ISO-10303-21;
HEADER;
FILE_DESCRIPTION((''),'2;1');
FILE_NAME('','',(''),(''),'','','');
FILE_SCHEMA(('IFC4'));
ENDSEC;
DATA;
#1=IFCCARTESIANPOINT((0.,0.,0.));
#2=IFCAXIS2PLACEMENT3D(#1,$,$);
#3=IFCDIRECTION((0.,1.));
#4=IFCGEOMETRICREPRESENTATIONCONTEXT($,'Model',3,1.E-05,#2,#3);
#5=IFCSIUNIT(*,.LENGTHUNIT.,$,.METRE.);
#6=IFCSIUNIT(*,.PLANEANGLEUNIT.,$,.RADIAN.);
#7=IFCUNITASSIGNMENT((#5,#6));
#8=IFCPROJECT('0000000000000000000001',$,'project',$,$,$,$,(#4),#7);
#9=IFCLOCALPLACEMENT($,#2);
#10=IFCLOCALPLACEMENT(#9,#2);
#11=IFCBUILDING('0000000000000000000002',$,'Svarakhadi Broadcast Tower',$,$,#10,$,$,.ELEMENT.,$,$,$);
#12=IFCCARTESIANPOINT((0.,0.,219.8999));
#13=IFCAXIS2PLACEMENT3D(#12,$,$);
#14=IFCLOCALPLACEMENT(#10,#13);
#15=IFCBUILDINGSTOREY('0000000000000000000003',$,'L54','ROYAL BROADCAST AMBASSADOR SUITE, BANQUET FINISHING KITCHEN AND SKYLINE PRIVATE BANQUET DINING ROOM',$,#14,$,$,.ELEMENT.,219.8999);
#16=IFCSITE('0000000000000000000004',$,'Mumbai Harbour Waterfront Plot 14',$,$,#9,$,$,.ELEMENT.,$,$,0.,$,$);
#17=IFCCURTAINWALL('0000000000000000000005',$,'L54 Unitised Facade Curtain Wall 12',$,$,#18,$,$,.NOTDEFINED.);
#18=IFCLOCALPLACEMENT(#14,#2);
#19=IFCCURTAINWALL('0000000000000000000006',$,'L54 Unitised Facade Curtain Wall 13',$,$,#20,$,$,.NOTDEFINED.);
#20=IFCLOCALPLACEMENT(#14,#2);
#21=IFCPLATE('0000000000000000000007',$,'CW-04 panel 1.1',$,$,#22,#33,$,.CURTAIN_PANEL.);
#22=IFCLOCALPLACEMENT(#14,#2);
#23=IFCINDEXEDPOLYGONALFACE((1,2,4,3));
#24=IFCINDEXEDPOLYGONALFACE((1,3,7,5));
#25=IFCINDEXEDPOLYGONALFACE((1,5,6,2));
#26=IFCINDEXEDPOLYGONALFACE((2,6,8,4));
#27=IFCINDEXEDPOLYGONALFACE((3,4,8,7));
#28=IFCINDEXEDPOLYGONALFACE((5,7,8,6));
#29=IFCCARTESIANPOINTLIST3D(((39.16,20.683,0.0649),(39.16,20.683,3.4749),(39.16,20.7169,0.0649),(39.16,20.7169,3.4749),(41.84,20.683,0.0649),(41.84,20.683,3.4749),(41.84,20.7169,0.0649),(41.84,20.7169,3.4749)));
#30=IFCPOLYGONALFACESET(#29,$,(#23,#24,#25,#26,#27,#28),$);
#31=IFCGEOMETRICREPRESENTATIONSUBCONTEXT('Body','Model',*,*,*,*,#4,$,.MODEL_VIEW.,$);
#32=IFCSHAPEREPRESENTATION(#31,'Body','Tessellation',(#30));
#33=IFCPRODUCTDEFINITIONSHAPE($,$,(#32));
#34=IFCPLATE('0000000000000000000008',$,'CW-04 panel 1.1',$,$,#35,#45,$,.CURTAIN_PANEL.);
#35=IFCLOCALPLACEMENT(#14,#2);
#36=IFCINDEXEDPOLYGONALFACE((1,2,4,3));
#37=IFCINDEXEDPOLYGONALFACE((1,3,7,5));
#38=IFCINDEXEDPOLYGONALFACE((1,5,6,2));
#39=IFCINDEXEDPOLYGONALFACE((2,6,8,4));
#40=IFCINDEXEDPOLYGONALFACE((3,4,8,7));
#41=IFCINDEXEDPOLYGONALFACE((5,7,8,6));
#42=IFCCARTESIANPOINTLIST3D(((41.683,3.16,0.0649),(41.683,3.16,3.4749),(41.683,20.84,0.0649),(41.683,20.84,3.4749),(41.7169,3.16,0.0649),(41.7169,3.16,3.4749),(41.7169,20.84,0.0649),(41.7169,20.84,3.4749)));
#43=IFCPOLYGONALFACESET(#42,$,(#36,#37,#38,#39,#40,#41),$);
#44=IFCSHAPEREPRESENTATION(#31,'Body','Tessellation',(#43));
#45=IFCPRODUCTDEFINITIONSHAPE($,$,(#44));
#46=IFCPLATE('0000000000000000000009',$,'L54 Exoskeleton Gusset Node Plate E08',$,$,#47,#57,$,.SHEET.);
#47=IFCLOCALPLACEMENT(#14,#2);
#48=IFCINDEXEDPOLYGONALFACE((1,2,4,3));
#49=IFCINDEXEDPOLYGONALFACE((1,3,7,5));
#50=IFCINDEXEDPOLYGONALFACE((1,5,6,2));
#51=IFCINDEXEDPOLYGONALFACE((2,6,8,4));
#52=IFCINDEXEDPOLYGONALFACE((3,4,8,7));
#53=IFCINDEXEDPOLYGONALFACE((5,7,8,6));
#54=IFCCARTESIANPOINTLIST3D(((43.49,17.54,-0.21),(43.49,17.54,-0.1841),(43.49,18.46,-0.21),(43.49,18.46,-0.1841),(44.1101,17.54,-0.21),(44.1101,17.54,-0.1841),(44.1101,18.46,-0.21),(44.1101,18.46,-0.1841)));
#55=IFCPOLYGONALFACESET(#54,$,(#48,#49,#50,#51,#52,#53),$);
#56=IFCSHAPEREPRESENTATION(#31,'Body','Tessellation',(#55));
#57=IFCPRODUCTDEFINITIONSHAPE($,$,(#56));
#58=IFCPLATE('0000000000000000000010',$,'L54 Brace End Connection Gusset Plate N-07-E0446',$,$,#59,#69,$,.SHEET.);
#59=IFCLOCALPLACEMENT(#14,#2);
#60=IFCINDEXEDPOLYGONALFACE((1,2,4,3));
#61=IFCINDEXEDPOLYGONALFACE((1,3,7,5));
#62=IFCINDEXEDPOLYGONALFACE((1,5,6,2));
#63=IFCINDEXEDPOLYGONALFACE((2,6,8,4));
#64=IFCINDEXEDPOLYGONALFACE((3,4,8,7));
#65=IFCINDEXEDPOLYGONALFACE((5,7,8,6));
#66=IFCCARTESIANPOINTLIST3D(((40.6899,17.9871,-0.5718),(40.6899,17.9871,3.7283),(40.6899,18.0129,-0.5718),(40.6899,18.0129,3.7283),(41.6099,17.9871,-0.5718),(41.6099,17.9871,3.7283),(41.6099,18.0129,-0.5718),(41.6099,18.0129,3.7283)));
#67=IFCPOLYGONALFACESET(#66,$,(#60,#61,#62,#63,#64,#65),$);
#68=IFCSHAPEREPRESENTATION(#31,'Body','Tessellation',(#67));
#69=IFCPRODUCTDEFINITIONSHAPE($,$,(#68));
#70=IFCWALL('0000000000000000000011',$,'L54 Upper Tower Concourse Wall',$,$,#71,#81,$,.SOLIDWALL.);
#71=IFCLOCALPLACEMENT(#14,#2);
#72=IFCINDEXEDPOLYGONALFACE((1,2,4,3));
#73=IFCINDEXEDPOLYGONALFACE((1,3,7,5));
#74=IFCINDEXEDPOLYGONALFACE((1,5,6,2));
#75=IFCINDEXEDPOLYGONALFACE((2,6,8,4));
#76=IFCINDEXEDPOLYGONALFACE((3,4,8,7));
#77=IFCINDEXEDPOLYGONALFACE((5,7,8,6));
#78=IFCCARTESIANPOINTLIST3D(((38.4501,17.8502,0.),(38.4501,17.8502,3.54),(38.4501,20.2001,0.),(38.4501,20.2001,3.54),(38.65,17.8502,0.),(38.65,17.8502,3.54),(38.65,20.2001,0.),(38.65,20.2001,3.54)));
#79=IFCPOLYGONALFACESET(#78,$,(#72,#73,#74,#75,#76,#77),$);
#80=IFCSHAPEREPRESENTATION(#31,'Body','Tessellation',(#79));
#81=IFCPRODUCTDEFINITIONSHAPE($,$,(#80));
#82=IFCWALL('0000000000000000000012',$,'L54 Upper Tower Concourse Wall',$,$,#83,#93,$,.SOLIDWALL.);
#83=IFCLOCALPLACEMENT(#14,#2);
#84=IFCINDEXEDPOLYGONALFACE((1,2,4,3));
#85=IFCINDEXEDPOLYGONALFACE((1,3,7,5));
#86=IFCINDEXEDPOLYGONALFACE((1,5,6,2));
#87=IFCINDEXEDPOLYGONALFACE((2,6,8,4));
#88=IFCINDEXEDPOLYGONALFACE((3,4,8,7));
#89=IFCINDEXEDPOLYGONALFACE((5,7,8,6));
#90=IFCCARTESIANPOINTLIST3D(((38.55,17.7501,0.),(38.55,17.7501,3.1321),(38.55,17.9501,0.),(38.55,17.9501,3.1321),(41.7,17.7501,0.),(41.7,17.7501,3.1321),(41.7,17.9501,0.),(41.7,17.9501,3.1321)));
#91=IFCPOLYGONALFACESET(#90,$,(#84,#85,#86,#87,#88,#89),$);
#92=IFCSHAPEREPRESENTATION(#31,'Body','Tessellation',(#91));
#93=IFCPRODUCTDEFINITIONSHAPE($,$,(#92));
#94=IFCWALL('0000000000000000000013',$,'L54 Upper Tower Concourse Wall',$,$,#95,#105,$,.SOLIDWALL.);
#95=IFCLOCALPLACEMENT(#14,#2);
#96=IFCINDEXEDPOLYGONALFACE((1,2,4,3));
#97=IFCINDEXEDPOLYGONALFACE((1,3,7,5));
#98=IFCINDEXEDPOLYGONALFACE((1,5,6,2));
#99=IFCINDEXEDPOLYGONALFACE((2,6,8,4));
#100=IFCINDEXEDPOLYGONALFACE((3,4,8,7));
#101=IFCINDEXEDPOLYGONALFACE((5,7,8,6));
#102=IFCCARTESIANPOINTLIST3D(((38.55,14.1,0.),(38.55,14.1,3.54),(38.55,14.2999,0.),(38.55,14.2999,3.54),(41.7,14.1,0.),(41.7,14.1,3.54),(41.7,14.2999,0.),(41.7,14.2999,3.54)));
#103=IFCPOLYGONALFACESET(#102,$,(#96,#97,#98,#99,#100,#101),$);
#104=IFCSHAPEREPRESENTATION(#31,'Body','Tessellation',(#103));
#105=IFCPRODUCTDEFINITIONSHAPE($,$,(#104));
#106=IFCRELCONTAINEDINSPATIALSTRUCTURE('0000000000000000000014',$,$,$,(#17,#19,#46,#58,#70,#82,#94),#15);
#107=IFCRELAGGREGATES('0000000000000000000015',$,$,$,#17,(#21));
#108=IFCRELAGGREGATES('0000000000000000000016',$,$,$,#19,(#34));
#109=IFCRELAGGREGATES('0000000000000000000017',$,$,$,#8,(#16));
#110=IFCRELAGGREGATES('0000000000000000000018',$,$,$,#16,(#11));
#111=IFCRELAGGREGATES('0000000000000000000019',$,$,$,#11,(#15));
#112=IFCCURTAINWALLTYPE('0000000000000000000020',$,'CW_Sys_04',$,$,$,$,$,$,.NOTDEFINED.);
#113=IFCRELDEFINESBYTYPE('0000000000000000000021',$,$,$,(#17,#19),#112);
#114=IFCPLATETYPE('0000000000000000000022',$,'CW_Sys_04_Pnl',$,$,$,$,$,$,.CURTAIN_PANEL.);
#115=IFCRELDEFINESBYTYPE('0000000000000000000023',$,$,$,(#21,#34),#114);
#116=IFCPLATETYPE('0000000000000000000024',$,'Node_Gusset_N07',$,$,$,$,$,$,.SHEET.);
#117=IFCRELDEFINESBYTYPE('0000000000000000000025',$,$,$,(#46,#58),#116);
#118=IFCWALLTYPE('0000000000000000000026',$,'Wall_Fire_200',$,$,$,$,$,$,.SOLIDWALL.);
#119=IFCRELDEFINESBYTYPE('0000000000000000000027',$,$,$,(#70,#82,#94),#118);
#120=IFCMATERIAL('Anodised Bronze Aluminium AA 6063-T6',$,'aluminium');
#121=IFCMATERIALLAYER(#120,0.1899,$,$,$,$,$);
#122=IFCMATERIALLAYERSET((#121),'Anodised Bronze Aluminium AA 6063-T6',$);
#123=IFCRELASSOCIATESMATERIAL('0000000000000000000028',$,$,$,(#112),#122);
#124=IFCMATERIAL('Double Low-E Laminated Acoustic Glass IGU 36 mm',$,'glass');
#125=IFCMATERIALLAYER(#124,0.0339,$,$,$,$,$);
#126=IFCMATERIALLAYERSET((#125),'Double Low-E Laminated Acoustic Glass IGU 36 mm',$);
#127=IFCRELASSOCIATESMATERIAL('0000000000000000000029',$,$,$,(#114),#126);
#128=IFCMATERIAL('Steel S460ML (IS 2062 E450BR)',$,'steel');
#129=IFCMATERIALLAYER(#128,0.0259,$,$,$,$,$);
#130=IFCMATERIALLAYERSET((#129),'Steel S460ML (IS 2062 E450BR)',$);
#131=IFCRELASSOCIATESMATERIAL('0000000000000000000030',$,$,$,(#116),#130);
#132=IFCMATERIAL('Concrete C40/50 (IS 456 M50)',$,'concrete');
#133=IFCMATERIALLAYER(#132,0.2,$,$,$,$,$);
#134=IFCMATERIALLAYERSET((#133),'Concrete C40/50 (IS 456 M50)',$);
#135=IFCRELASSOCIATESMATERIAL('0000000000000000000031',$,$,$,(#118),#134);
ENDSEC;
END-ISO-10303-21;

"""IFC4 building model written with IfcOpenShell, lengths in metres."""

from ifc_helpers import new_model, si_unit, direction, frame, frame_2d, origin, origin_2d, place, context, subcontext, project, spatial, rectangle, extrude, material, layer, layer_set, type_object, element, aggregate, save


model = new_model("IFC4")

# Units and contexts
model_context = context("Model", 3, precision=1e-05, world=origin(), true_north=direction((0.0, 1.0)))
body_context = subcontext(model_context, "Body", "Model", "MODEL_VIEW")
ifc_project = project(units=[si_unit("LENGTHUNIT", "METRE"), si_unit("PLANEANGLEUNIT", "RADIAN")], contexts=[model_context])

# Site, building, storey
site_placement = place(None, origin())
site = spatial("IfcSite", under=ifc_project, at=site_placement, Name="Mumbai Harbour Waterfront Plot 14", CompositionType="ELEMENT", RefElevation=0.0)
building_placement = place(site_placement, origin())
building = spatial("IfcBuilding", under=site, at=building_placement, Name="Svarakhadi Broadcast Tower", CompositionType="ELEMENT")
storey_placement = place(building_placement, frame((0.0, 0.0, 219.8999)))
storey = spatial("IfcBuildingStorey", under=building, at=storey_placement, Name="L54", Description="ROYAL BROADCAST AMBASSADOR SUITE, BANQUET FINISHING KITCHEN AND SKYLINE PRIVATE BANQUET DINING ROOM", CompositionType="ELEMENT", Elevation=219.8999)

# Shared definitions
ifc_material_1 = material(Name="Steel S460ML (IS 2062 E450BR)", Category="steel")

# Shared definitions
ifc_material_2 = material(Name="Anodised Bronze Aluminium AA 6063-T6", Category="aluminium")
ifc_layer_1 = layer(ifc_material_2, 0.1899)
ifc_layer_set_1 = layer_set([ifc_layer_1], Name="Anodised Bronze Aluminium AA 6063-T6")
curtain_wall_type = type_object("IfcCurtainWallType", Name="CW_Sys_04", PredefinedType="NOTDEFINED", material=ifc_layer_set_1)

# Curtain wall
curtain_wall_1_placement = place(storey_placement, origin())
curtain_wall_1 = element("IfcCurtainWall", 1, at=curtain_wall_1_placement, inside=storey, type_object=curtain_wall_type, Name="L54 Unitised Facade Curtain Wall 12", PredefinedType="NOTDEFINED")

# Curtain wall
curtain_wall_2_placement = place(storey_placement, origin())
curtain_wall_2 = element("IfcCurtainWall", 2, at=curtain_wall_2_placement, inside=storey, type_object=curtain_wall_type, Name="L54 Unitised Facade Curtain Wall 13", PredefinedType="NOTDEFINED")

# Plates
ifc_material_3 = material(Name="Double Low-E Laminated Acoustic Glass IGU 36 mm", Category="glass")
ifc_layer_2 = layer(ifc_material_3, 0.0339)
ifc_layer_set_2 = layer_set([ifc_layer_2], Name="Double Low-E Laminated Acoustic Glass IGU 36 mm")
plate_type_1 = type_object("IfcPlateType", Name="CW_Sys_04_Pnl", PredefinedType="CURTAIN_PANEL", material=ifc_layer_set_2)
plate_1_placement = place(storey_placement, frame((40.5, 20.7, 0.0649), z_axis=(0.0, 0.0, 1.0), x_axis=(1.0, 0.0, 0.0)))
plate_1 = element("IfcPlate", 3, at=plate_1_placement, type_object=plate_type_1, Name="CW-04 panel 1.1", PredefinedType="CURTAIN_PANEL", context=body_context, shape_type="SweptSolid", body=[
    extrude(rectangle(XDim=2.6799, YDim=0.0339, at=origin_2d()), origin(), (0.0, 0.0, 1.0), 3.4099),
])
aggregate(curtain_wall_1, [plate_1])
plate_2_placement = place(storey_placement, frame((41.7, 12.0, 0.0649), z_axis=(0.0, 0.0, 1.0), x_axis=(0.0, -1.0, 0.0)))
plate_2 = element("IfcPlate", 4, at=plate_2_placement, type_object=plate_type_1, Name="CW-04 panel 1.1", PredefinedType="CURTAIN_PANEL", context=body_context, shape_type="SweptSolid", body=[
    extrude(rectangle(XDim=17.6799, YDim=0.0339, at=origin_2d()), origin(), (0.0, 0.0, 1.0), 3.4099),
])
aggregate(curtain_wall_2, [plate_2])

# Plates
ifc_layer_3 = layer(ifc_material_1, 0.0259)
ifc_layer_set_3 = layer_set([ifc_layer_3], Name="Steel S460ML (IS 2062 E450BR)")
plate_type_2 = type_object("IfcPlateType", Name="Node_Gusset_N07", PredefinedType="SHEET", material=ifc_layer_set_3)
plate_3_placement = place(storey_placement, frame((43.8, 18.0, -0.21), z_axis=(0.0, 0.0, 1.0), x_axis=(0.0, 1.0, 0.0)))
element("IfcPlate", 5, at=plate_3_placement, inside=storey, type_object=plate_type_2, Name="L54 Exoskeleton Gusset Node Plate E08", PredefinedType="SHEET", context=body_context, shape_type="SweptSolid", body=[
    extrude(rectangle(XDim=0.9199, YDim=0.6201, at=origin_2d()), origin(), (0.0, 0.0, 1.0), 0.0259),
])
plate_4_placement = place(storey_placement, frame((41.1499, 18.0, -0.5718), z_axis=(0.0, 0.0, 1.0), x_axis=(1.0, 0.0, 0.0)))
element("IfcPlate", 6, at=plate_4_placement, inside=storey, type_object=plate_type_2, Name="L54 Brace End Connection Gusset Plate N-07-E0446", PredefinedType="SHEET", context=body_context, shape_type="SweptSolid", body=[
    extrude(rectangle(XDim=0.9199, YDim=0.0259, at=origin_2d()), origin(), (0.0, 0.0, 1.0), 4.3),
])

# Walls
ifc_material_4 = material(Name="Concrete C40/50 (IS 456 M50)", Category="concrete")
ifc_layer_4 = layer(ifc_material_4, 0.2)
ifc_layer_set_4 = layer_set([ifc_layer_4], Name="Concrete C40/50 (IS 456 M50)")
wall_type = type_object("IfcWallType", Name="Wall_Fire_200", PredefinedType="SOLIDWALL", material=ifc_layer_set_4)
wall_1_placement = place(storey_placement, frame((38.55, 20.2, 0.0), z_axis=(0.0, 0.0, 1.0), x_axis=(0.0, -1.0, 0.0)))
element("IfcWall", 7, at=wall_1_placement, inside=storey, type_object=wall_type, Name="L54 Upper Tower Concourse Wall", PredefinedType="SOLIDWALL", context=body_context, shape_type="SweptSolid", body=[
    extrude(rectangle(XDim=2.3499, YDim=0.2, at=frame_2d((1.1748, 0.0))), origin(), (0.0, 0.0, 1.0), 3.54),
])
wall_2_placement = place(storey_placement, frame((38.55, 17.8501, 0.0), z_axis=(0.0, 0.0, 1.0), x_axis=(1.0, 0.0, 0.0)))
element("IfcWall", 8, at=wall_2_placement, inside=storey, type_object=wall_type, Name="L54 Upper Tower Concourse Wall", PredefinedType="SOLIDWALL", context=body_context, shape_type="SweptSolid", body=[
    extrude(rectangle(XDim=3.1499, YDim=0.2, at=frame_2d((1.575, 0.0))), origin(), (0.0, 0.0, 1.0), 3.1321),
])
wall_3_placement = place(storey_placement, frame((41.7, 14.2, 0.0), z_axis=(0.0, 0.0, 1.0), x_axis=(-1.0, 0.0, 0.0)))
element("IfcWall", 9, at=wall_3_placement, inside=storey, type_object=wall_type, Name="L54 Upper Tower Concourse Wall", PredefinedType="SOLIDWALL", context=body_context, shape_type="SweptSolid", body=[
    extrude(rectangle(XDim=3.1499, YDim=0.2, at=frame_2d((1.575, 0.0))), origin(), (0.0, 0.0, 1.0), 3.54),
])

save(model, "model.ifc")
